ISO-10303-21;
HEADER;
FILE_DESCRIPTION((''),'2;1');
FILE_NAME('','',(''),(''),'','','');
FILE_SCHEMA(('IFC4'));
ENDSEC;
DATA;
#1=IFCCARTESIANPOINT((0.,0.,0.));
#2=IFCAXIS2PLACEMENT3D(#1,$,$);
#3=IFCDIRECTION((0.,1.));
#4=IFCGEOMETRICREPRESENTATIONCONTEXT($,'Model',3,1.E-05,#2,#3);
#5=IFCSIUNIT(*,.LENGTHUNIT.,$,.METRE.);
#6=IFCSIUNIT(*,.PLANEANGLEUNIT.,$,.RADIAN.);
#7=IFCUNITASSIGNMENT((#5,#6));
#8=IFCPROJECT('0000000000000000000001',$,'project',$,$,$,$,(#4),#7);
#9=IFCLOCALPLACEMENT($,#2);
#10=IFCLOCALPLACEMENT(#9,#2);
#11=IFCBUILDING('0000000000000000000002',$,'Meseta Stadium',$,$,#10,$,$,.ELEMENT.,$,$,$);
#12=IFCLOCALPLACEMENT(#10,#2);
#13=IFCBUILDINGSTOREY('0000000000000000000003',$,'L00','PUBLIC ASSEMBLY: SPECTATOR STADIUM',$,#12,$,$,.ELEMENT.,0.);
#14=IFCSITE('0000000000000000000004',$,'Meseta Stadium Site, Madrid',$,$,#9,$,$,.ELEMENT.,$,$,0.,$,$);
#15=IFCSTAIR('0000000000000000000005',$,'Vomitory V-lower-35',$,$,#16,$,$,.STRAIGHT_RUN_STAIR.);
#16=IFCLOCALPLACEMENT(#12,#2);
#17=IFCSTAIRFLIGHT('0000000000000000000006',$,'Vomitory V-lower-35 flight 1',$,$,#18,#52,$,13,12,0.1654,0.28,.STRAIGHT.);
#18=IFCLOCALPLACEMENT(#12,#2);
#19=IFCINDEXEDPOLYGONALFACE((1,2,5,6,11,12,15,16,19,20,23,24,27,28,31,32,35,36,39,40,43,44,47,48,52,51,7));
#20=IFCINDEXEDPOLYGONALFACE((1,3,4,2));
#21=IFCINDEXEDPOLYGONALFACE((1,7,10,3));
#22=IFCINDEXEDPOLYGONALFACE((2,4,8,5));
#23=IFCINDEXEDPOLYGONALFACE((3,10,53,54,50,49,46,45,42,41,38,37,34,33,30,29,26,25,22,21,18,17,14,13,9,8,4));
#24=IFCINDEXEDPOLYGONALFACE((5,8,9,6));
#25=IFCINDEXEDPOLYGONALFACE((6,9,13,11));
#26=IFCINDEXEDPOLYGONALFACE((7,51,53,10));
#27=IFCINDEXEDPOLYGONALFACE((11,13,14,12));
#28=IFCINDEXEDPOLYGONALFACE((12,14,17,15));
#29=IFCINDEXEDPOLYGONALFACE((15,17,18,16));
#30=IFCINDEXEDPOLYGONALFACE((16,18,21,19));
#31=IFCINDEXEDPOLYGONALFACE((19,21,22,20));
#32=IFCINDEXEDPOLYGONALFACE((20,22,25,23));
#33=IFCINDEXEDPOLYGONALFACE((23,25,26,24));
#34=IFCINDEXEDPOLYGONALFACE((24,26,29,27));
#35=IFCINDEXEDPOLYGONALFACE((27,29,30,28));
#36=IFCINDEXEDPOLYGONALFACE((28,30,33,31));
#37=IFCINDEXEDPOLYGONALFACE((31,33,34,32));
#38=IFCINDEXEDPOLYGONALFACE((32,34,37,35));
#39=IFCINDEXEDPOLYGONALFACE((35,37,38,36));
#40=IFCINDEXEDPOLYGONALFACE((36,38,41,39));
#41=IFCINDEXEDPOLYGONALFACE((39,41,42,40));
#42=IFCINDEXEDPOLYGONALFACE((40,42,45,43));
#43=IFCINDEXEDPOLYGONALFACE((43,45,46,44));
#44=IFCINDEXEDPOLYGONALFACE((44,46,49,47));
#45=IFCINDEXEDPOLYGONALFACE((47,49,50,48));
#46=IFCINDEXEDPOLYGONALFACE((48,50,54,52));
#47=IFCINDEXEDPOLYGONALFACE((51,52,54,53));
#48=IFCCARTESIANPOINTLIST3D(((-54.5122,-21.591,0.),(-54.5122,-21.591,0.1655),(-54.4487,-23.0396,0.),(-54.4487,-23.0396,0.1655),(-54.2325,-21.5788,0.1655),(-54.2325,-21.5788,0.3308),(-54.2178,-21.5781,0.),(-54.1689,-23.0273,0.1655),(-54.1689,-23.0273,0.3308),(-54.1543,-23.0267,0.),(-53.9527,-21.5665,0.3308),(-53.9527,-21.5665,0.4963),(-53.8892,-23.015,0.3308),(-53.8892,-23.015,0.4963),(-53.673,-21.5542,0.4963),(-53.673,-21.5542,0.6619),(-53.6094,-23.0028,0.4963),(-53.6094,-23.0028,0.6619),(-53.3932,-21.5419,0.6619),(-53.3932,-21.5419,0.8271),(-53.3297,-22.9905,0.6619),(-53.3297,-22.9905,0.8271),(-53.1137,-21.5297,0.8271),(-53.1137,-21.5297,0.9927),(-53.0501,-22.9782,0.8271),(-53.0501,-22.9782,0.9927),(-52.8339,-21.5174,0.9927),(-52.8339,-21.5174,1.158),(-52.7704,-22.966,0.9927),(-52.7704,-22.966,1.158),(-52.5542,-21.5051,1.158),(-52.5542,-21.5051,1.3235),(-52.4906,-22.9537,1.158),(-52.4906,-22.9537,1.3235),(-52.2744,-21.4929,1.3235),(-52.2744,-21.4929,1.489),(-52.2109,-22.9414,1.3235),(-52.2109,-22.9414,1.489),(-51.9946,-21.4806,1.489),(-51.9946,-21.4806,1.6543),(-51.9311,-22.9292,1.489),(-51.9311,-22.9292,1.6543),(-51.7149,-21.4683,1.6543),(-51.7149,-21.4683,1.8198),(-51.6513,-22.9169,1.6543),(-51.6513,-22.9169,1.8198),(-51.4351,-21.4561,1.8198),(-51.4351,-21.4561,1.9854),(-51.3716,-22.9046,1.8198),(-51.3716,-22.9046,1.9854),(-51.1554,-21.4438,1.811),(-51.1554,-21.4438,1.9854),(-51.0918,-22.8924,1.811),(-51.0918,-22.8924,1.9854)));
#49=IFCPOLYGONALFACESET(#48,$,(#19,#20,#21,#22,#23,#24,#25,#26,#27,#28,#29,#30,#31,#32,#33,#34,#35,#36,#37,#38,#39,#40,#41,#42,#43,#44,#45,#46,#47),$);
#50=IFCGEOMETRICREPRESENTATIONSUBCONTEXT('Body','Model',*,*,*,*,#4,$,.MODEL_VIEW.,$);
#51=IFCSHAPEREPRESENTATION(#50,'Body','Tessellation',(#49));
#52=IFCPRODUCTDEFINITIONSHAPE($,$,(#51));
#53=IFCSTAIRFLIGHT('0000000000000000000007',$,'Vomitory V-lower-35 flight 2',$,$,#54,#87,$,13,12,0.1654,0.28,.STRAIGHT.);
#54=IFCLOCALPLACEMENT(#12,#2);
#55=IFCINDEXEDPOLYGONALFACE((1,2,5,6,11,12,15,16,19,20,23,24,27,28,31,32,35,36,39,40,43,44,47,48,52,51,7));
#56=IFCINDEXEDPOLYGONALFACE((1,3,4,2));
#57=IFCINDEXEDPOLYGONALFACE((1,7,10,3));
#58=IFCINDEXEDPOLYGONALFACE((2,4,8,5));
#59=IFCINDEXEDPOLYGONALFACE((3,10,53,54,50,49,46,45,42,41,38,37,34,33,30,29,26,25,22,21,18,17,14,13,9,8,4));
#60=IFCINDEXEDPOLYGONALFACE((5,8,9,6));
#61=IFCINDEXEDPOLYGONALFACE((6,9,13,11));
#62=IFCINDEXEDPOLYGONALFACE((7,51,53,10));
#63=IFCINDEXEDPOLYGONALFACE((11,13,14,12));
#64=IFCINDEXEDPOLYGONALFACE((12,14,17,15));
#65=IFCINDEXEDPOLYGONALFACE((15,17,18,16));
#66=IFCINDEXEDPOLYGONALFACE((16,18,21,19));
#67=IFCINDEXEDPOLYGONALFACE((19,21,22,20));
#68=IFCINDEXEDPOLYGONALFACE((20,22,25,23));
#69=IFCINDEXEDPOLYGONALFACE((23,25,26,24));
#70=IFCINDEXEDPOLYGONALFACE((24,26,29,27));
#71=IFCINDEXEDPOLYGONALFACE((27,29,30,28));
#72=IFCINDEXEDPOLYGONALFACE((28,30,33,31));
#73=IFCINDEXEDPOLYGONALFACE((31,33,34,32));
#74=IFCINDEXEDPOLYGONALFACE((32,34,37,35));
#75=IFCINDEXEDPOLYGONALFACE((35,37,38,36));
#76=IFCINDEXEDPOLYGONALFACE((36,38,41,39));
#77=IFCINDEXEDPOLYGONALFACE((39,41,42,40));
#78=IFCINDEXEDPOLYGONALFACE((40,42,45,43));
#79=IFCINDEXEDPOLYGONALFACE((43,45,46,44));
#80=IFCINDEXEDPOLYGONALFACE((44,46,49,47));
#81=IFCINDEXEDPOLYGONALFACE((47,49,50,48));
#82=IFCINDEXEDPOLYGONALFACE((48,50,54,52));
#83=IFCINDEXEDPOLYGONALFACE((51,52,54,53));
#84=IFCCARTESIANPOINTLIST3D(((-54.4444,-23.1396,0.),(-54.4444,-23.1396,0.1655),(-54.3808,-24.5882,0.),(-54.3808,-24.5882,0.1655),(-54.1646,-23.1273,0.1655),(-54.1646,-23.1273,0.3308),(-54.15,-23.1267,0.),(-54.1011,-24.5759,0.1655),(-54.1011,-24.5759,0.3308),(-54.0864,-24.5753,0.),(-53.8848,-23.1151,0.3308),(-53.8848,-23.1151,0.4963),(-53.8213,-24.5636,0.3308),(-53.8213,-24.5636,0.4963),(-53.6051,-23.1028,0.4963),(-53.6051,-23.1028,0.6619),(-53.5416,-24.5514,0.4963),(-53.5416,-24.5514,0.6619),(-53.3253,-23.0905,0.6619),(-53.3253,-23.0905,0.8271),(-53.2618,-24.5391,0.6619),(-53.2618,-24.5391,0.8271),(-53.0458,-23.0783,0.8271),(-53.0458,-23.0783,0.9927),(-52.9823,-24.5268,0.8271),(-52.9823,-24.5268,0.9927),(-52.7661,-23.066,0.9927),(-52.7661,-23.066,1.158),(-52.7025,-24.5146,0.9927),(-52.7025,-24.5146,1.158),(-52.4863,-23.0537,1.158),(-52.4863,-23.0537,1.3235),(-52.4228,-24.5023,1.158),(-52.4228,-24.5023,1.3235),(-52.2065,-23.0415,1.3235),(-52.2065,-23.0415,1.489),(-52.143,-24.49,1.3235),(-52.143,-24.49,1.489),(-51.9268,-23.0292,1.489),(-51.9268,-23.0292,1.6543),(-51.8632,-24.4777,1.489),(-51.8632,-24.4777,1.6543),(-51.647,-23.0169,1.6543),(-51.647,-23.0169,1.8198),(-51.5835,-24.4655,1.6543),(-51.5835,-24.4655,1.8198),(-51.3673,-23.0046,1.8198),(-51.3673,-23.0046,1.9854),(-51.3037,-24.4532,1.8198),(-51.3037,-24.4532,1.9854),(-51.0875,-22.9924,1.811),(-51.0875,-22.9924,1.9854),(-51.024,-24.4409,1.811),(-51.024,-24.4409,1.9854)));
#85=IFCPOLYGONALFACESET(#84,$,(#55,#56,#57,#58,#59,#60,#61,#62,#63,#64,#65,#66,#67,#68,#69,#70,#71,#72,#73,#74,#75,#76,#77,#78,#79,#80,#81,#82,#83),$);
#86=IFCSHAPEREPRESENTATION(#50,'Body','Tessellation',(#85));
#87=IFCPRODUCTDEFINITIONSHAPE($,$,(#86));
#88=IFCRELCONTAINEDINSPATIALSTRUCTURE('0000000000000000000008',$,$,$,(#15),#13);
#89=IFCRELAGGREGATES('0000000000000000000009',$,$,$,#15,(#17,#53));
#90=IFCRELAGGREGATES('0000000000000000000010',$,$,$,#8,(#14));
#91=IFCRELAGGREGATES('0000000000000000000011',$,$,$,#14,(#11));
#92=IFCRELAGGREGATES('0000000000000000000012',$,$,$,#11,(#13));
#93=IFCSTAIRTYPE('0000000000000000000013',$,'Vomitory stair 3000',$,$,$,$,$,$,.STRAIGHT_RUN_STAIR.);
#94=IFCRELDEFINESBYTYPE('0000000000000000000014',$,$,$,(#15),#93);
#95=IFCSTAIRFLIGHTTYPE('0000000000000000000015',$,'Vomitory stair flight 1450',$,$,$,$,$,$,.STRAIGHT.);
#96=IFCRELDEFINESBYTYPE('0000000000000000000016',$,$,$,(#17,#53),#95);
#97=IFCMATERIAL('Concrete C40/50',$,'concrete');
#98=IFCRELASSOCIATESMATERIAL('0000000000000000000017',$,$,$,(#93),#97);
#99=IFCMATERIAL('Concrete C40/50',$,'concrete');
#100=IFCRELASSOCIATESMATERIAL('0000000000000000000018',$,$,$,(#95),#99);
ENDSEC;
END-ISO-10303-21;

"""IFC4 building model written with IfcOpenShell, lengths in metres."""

from ifc_helpers import new_model, si_unit, direction, frame, origin, place, context, subcontext, project, spatial, polyline, outline, extrude, material, type_object, element, aggregate, save


model = new_model("IFC4")

# Units and contexts
model_context = context("Model", 3, precision=1e-05, world=origin(), true_north=direction((0.0, 1.0)))
body_context = subcontext(model_context, "Body", "Model", "MODEL_VIEW")
ifc_project = project(units=[si_unit("LENGTHUNIT", "METRE"), si_unit("PLANEANGLEUNIT", "RADIAN")], contexts=[model_context])

# Site, building, storey
site_placement = place(None, origin())
site = spatial("IfcSite", under=ifc_project, at=site_placement, Name="Meseta Stadium Site, Madrid", CompositionType="ELEMENT", RefElevation=0.0)
building_placement = place(site_placement, origin())
building = spatial("IfcBuilding", under=site, at=building_placement, Name="Meseta Stadium", CompositionType="ELEMENT")
storey_placement = place(building_placement, origin())
storey = spatial("IfcBuildingStorey", under=building, at=storey_placement, Name="L00", Description="PUBLIC ASSEMBLY: SPECTATOR STADIUM", CompositionType="ELEMENT", Elevation=0.0)

# Shared definitions
ifc_material_1 = material(Name="Concrete C40/50", Category="concrete")
stair_type = type_object("IfcStairType", Name="Vomitory stair 3000", PredefinedType="STRAIGHT_RUN_STAIR", material=ifc_material_1)
ifc_material_2 = material(Name="Concrete C40/50", Category="concrete")
stair_flight_type = type_object("IfcStairFlightType", Name="Vomitory stair flight 1450", PredefinedType="STRAIGHT", material=ifc_material_2)

# Stair, stair flights
stair_1_placement = place(storey_placement, origin())
stair_1 = element("IfcStair", 1, at=stair_1_placement, inside=storey, type_object=stair_type, Name="Vomitory V-lower-35", PredefinedType="STRAIGHT_RUN_STAIR")
stair_flight_1_placement = place(storey_placement, frame((-54.4805, -22.3154, 0.0), z_axis=(0.0, 0.0, 1.0), x_axis=(0.99904, 0.043818, 0.0)))
stair_flight_1 = element("IfcStairFlight", 2, at=stair_flight_1_placement, type_object=stair_flight_type, Name="Vomitory V-lower-35 flight 1", NumberOfRisers=13, NumberOfTreads=12, PredefinedType="STRAIGHT", RiserHeight=0.1654, TreadLength=0.28, context=body_context, shape_type="SweptSolid", body=[
    extrude(outline(polyline([(0.0, 0.0), (0.0, 0.1655), (0.28, 0.1655), (0.28, 0.3308), (0.5601, 0.3308), (0.5601, 0.4963), (0.8401, 0.4963), (0.8401, 0.6619), (1.1201, 0.6619), (1.1201, 0.8271), (1.3999, 0.8271), (1.3999, 0.9927), (1.6799, 0.9927), (1.6799, 1.158), (1.96, 1.158), (1.96, 1.3235), (2.24, 1.3235), (2.24, 1.489), (2.52, 1.489), (2.52, 1.6543), (2.8, 1.6543), (2.8, 1.8198), (3.0801, 1.8198), (3.0801, 1.9854), (3.3601, 1.9854), (3.3601, 1.811), (0.2947, 0.0), (0.0, 0.0)])), frame((0.0, 0.7251, 0.0), z_axis=(0.0, -1.0, 0.0), x_axis=(1.0, 0.0, 0.0)), (0.0, 0.0, 1.0), 1.45),
])
stair_flight_2_placement = place(storey_placement, frame((-54.4126, -23.864, 0.0), z_axis=(0.0, 0.0, 1.0), x_axis=(0.99904, 0.043818, 0.0)))
stair_flight_2 = element("IfcStairFlight", 3, at=stair_flight_2_placement, type_object=stair_flight_type, Name="Vomitory V-lower-35 flight 2", NumberOfRisers=13, NumberOfTreads=12, PredefinedType="STRAIGHT", RiserHeight=0.1654, TreadLength=0.28, context=body_context, shape_type="SweptSolid", body=[
    extrude(outline(polyline([(0.0, 0.0), (0.0, 0.1655), (0.28, 0.1655), (0.28, 0.3308), (0.5601, 0.3308), (0.5601, 0.4963), (0.8401, 0.4963), (0.8401, 0.6619), (1.1201, 0.6619), (1.1201, 0.8271), (1.3999, 0.8271), (1.3999, 0.9927), (1.6799, 0.9927), (1.6799, 1.158), (1.96, 1.158), (1.96, 1.3235), (2.24, 1.3235), (2.24, 1.489), (2.52, 1.489), (2.52, 1.6543), (2.8, 1.6543), (2.8, 1.8198), (3.0801, 1.8198), (3.0801, 1.9854), (3.3601, 1.9854), (3.3601, 1.811), (0.2947, 0.0), (0.0, 0.0)])), frame((0.0, 0.7251, 0.0), z_axis=(0.0, -1.0, 0.0), x_axis=(1.0, 0.0, 0.0)), (0.0, 0.0, 1.0), 1.45),
])
aggregate(stair_1, [stair_flight_1, stair_flight_2])

save(model, "model.ifc")
